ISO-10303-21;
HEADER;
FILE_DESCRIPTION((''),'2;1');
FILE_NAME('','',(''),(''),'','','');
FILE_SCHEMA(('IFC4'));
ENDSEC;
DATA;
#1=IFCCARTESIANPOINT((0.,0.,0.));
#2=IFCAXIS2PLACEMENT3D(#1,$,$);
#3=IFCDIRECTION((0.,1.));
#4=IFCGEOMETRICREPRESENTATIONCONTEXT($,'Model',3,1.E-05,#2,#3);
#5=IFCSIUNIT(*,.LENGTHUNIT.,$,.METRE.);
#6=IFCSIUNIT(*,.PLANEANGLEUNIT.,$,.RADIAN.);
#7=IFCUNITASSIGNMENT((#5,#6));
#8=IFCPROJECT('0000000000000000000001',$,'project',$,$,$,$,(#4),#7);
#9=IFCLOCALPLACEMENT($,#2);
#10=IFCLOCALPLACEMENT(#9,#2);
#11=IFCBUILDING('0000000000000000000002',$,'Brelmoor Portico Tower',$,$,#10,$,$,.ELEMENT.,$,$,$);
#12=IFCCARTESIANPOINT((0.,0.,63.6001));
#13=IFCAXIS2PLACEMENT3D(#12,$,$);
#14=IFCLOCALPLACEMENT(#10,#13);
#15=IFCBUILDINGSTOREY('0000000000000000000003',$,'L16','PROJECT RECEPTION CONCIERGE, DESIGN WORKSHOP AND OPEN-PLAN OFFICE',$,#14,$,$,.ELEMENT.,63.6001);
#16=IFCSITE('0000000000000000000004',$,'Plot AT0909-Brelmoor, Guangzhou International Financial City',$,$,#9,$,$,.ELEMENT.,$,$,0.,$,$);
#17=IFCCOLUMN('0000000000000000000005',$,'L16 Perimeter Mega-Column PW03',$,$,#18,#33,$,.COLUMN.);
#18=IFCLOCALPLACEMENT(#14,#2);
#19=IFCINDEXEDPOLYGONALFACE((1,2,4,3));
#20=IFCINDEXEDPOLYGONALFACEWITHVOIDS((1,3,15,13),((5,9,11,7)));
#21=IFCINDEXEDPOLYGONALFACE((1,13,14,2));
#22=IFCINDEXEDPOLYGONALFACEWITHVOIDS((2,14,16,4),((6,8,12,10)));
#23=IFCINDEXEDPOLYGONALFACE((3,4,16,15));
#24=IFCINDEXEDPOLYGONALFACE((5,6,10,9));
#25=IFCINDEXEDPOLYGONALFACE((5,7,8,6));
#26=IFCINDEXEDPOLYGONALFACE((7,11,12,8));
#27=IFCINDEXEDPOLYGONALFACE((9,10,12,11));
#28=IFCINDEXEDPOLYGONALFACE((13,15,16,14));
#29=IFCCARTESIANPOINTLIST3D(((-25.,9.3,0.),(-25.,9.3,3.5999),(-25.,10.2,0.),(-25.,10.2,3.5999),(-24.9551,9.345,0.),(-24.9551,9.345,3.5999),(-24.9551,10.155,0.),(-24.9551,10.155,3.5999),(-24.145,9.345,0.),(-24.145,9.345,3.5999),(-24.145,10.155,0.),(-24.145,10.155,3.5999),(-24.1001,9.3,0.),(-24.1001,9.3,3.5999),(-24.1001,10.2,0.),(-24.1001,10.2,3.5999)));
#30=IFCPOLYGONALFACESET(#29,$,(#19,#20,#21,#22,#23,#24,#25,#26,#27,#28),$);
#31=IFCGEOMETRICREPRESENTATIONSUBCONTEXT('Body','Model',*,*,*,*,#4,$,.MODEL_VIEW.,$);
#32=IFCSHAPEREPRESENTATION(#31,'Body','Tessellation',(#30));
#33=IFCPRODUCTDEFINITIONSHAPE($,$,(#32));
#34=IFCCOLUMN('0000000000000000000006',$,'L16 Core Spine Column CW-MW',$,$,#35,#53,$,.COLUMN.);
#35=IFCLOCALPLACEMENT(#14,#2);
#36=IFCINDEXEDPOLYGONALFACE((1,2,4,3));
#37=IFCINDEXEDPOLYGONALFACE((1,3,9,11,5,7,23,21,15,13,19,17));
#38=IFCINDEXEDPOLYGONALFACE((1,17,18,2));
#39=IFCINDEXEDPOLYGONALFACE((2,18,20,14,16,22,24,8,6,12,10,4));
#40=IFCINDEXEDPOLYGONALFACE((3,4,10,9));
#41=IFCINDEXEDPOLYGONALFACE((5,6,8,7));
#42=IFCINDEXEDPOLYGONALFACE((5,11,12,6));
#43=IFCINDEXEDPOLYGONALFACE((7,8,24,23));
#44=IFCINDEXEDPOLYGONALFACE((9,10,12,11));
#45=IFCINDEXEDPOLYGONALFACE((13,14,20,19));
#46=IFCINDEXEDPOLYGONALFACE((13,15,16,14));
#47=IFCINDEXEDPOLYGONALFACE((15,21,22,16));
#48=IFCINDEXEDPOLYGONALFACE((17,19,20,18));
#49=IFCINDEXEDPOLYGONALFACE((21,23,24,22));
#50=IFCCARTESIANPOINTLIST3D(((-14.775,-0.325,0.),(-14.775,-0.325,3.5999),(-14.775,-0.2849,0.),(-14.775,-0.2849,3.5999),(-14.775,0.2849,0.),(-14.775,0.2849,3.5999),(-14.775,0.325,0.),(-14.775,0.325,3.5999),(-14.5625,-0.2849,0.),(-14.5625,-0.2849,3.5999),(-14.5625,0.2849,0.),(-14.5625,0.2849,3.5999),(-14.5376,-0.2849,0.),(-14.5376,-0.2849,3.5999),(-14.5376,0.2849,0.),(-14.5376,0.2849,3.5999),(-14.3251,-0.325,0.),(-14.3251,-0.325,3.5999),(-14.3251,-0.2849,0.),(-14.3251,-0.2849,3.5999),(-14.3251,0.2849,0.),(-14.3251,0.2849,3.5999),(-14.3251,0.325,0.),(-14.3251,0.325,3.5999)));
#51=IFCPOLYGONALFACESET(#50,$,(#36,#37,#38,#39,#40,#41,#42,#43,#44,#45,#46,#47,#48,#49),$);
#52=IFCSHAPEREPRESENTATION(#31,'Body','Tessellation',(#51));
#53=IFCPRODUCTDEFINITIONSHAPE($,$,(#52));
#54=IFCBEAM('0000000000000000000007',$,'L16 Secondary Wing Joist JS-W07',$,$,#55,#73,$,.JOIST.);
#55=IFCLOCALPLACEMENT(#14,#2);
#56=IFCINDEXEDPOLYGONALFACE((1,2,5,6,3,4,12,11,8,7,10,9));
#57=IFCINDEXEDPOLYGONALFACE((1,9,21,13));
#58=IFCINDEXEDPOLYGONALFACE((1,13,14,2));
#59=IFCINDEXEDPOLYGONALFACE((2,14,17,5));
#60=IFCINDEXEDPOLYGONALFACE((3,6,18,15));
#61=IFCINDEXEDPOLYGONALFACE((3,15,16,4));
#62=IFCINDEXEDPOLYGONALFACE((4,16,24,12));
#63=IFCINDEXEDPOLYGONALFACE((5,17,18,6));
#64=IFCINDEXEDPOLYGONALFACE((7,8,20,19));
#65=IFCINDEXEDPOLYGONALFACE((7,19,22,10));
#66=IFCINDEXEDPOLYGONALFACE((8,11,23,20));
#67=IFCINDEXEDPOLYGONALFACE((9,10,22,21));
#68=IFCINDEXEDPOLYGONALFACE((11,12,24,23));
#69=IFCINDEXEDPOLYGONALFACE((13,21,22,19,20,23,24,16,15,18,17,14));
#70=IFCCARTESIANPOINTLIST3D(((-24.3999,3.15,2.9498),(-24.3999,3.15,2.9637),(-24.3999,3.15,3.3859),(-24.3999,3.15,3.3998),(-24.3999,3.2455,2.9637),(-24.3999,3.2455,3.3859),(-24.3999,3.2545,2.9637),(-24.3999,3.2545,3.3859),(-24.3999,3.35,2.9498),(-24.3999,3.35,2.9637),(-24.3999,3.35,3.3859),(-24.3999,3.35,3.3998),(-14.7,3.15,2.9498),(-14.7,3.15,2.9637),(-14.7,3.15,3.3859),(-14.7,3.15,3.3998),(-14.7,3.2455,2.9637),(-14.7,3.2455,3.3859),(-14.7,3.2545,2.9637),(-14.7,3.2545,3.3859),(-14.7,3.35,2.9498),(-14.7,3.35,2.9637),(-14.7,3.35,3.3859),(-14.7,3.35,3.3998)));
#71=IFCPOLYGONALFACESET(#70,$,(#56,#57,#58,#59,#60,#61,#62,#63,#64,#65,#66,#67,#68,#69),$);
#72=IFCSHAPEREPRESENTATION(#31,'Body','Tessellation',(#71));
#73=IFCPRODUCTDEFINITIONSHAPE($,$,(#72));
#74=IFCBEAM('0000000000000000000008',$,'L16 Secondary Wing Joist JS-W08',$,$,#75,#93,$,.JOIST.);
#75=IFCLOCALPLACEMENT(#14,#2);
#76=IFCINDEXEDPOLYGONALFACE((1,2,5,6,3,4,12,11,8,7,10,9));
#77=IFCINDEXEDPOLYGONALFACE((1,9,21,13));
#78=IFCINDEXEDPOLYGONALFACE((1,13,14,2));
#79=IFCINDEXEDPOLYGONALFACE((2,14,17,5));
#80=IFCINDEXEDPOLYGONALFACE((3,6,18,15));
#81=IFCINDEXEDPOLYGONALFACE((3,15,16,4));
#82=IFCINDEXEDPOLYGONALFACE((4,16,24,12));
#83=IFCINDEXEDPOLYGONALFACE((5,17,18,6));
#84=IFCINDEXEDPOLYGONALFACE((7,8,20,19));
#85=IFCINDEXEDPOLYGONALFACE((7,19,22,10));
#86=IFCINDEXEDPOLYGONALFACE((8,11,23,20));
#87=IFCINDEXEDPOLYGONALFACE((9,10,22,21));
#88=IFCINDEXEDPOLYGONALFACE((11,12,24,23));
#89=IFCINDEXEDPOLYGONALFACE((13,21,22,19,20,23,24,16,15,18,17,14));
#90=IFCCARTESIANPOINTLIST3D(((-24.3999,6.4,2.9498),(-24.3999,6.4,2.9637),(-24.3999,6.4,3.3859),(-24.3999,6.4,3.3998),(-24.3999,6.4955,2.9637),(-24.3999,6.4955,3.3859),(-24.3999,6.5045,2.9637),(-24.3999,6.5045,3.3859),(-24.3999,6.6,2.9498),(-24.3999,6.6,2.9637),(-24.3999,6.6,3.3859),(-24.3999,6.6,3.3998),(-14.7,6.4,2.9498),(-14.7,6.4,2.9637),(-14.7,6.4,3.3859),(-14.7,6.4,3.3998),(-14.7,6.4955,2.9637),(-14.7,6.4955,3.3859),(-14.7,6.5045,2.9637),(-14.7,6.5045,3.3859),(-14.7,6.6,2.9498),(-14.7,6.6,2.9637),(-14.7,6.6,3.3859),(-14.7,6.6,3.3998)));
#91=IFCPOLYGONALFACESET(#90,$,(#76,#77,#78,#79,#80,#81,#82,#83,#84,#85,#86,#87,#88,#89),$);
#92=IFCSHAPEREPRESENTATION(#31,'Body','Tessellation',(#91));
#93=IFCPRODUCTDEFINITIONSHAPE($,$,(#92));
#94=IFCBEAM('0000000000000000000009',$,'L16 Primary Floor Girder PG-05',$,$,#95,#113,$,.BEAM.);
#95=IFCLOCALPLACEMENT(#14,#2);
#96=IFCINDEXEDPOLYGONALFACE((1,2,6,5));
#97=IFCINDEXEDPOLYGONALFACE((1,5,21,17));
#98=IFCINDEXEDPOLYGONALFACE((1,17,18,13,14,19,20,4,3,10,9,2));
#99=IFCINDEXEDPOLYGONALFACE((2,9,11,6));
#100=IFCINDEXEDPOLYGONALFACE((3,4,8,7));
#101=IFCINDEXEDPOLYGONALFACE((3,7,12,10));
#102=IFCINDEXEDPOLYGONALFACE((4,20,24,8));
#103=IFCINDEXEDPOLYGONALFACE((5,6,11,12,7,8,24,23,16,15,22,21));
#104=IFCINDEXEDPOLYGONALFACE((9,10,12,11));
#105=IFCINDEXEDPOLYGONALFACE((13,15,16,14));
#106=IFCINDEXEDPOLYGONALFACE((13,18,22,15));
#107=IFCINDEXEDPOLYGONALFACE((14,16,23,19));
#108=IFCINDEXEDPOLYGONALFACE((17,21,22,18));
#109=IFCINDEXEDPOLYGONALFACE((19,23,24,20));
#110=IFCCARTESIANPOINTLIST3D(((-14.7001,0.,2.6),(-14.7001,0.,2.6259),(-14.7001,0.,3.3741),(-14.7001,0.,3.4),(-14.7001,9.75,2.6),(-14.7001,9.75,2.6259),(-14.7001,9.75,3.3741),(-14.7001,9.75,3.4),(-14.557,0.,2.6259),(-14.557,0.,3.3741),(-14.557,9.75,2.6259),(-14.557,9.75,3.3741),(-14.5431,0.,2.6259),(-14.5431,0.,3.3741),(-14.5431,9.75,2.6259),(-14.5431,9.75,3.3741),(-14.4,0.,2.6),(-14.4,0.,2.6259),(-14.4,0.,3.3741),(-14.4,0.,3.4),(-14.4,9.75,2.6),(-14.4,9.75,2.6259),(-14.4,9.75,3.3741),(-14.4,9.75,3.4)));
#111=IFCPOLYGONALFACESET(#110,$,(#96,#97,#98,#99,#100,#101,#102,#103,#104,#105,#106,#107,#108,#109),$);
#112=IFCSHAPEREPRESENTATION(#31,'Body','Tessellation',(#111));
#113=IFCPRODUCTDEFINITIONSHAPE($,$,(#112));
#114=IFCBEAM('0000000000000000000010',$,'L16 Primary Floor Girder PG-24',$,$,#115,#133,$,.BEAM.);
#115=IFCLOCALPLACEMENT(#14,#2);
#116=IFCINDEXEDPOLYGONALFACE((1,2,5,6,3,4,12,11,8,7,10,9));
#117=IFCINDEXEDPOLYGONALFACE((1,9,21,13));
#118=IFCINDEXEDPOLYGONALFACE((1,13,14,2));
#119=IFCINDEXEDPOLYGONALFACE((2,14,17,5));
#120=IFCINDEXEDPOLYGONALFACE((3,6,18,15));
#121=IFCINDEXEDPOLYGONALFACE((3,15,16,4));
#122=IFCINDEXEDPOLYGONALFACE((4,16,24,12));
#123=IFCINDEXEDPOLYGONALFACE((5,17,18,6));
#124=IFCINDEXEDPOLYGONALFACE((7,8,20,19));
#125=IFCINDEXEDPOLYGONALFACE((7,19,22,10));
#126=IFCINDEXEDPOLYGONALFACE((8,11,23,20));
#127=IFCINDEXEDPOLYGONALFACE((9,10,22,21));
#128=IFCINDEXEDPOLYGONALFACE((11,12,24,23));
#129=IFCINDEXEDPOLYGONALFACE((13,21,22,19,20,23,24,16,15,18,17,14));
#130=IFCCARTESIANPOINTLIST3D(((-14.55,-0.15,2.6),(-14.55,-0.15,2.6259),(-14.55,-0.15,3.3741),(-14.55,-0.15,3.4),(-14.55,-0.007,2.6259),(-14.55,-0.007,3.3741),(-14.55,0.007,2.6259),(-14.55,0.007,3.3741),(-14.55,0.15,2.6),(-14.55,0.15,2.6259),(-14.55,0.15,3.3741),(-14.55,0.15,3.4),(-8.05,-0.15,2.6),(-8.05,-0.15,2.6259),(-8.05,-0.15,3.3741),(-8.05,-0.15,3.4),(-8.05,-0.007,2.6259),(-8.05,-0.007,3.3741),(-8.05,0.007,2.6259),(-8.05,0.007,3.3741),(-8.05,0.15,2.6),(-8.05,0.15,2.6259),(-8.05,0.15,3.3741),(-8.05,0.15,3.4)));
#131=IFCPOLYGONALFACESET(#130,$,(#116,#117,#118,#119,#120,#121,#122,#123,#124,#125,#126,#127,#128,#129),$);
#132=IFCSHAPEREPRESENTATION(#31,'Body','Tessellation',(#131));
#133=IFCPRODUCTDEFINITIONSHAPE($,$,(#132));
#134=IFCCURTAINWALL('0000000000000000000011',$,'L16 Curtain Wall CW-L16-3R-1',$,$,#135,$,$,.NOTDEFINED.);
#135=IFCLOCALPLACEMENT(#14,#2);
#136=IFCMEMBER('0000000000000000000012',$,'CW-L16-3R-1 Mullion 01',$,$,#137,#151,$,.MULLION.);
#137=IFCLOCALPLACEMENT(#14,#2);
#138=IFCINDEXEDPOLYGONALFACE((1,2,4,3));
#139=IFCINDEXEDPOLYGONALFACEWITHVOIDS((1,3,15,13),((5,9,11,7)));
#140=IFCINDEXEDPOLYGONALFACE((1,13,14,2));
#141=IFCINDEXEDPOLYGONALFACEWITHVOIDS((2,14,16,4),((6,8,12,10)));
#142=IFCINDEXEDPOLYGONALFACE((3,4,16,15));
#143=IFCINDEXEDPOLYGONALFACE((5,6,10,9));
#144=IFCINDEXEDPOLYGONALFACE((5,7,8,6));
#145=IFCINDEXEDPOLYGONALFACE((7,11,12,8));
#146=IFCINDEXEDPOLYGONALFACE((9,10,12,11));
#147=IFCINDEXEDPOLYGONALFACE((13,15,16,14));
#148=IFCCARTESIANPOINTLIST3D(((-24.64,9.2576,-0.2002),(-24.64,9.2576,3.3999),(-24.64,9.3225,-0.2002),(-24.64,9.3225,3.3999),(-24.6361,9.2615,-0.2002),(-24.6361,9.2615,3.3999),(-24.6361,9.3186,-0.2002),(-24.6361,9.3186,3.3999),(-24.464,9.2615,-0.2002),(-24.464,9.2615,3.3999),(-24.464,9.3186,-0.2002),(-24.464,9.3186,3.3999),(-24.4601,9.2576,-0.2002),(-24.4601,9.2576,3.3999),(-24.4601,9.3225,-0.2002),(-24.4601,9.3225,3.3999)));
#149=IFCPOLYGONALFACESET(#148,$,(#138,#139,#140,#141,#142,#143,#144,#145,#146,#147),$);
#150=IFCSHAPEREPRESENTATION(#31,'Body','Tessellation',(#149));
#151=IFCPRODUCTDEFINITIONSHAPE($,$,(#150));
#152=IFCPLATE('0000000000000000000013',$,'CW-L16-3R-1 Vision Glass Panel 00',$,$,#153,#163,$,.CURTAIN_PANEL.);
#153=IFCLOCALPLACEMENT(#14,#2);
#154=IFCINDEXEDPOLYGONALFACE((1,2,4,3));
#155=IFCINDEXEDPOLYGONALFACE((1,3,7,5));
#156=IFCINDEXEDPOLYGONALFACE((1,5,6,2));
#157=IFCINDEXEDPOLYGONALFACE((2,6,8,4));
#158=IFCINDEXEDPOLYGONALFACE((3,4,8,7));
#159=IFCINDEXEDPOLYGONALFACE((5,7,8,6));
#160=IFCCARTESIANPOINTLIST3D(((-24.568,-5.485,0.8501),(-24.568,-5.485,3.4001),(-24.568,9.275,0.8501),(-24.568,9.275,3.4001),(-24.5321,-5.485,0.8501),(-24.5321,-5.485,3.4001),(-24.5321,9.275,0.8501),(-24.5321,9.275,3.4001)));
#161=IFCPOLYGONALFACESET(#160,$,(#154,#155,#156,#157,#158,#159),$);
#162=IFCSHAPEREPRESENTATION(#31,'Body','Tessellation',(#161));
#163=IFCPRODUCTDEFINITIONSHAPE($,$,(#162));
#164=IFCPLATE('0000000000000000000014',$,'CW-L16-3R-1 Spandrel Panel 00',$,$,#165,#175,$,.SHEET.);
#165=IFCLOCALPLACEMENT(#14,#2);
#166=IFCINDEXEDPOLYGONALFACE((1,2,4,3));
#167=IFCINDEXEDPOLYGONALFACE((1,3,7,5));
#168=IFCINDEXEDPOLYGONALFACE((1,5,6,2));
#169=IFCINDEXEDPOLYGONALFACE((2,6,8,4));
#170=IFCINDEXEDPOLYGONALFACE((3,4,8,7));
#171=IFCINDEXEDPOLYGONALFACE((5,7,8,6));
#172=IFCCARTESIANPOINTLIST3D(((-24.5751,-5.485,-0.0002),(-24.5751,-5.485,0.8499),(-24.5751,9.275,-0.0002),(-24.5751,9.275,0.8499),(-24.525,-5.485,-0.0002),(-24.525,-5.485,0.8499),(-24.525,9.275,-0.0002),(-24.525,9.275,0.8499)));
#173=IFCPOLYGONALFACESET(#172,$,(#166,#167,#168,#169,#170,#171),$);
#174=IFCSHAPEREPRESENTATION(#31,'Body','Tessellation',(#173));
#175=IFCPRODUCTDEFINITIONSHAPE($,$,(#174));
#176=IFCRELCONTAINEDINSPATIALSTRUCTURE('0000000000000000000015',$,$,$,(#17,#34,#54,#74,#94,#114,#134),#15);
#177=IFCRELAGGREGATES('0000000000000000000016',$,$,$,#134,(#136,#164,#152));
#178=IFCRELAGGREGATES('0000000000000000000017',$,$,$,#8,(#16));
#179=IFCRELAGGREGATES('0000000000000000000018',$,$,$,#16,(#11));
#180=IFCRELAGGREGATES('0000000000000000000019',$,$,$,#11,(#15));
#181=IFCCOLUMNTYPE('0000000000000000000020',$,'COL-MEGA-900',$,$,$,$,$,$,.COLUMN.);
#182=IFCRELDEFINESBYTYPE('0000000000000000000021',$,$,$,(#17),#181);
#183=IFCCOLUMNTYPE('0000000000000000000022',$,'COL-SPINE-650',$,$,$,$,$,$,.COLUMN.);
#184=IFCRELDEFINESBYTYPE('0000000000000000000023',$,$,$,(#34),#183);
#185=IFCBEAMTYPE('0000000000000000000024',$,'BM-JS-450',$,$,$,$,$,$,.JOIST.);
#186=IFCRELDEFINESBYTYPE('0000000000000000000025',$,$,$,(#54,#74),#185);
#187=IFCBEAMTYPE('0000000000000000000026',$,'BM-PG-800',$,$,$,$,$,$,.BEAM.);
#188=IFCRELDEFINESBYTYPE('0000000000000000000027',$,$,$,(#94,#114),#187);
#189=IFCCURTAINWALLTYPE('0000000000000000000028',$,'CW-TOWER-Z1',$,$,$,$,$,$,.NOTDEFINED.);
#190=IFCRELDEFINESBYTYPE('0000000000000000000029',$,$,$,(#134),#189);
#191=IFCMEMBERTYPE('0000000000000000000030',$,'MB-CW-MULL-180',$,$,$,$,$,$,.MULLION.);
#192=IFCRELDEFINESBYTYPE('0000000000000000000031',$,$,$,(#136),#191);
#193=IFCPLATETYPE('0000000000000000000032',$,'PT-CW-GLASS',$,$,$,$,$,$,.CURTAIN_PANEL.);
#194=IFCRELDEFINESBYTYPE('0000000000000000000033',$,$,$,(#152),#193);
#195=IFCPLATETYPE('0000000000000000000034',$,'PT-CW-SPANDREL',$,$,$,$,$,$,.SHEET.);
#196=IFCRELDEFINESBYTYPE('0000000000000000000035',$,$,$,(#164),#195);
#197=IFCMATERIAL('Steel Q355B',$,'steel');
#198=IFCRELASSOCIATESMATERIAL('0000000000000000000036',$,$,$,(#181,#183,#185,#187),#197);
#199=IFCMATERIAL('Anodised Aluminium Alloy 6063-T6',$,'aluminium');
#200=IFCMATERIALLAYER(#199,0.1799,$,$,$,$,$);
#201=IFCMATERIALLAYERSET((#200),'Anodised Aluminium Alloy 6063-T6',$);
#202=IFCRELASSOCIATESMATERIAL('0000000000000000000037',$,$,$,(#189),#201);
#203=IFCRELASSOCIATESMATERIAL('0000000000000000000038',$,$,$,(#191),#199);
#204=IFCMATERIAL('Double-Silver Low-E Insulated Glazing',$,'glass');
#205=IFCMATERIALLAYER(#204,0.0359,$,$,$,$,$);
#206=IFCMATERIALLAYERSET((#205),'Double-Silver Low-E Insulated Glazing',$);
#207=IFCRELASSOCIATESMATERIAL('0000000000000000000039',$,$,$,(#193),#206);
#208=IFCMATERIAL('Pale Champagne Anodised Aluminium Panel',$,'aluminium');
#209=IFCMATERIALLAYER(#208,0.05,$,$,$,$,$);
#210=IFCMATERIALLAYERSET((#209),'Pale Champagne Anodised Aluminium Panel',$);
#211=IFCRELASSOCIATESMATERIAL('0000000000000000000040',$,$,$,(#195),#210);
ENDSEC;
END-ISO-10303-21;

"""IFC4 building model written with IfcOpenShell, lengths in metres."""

from ifc_helpers import new_model, si_unit, direction, frame, origin, origin_2d, place, context, subcontext, project, spatial, rectangle, hollow_rectangle, i_section, extrude, material, layer, layer_set, material_profile, profile_set, type_object, element, aggregate, save


model = new_model("IFC4")

# Units and contexts
model_context = context("Model", 3, precision=1e-05, world=origin(), true_north=direction((0.0, 1.0)))
body_context = subcontext(model_context, "Body", "Model", "MODEL_VIEW")
ifc_project = project(units=[si_unit("LENGTHUNIT", "METRE"), si_unit("PLANEANGLEUNIT", "RADIAN")], contexts=[model_context])

# Site, building, storey
site_placement = place(None, origin())
site = spatial("IfcSite", under=ifc_project, at=site_placement, Name="Plot AT0909-Brelmoor, Guangzhou International Financial City", CompositionType="ELEMENT", RefElevation=0.0)
building_placement = place(site_placement, origin())
building = spatial("IfcBuilding", under=site, at=building_placement, Name="Brelmoor Portico Tower", CompositionType="ELEMENT")
storey_placement = place(building_placement, frame((0.0, 0.0, 63.6001)))
storey = spatial("IfcBuildingStorey", under=building, at=storey_placement, Name="L16", Description="PROJECT RECEPTION CONCIERGE, DESIGN WORKSHOP AND OPEN-PLAN OFFICE", CompositionType="ELEMENT", Elevation=63.6001)

# Columns
ifc_material_1 = material(Name="Steel Q355B", Category="steel")
ifc_material_profile_1 = material_profile(ifc_material_1, hollow_rectangle(XDim=0.8999, YDim=0.8999, WallThickness=0.0449, at=origin_2d()), Name="BOX 900x900x45")
ifc_profile_set_1 = profile_set([ifc_material_profile_1], Name="Steel Q355B")
column_type_1 = type_object("IfcColumnType", Name="COL-MEGA-900", PredefinedType="COLUMN", material=ifc_profile_set_1)
column_1_placement = place(storey_placement, frame((-24.55, 9.75, 0.0), z_axis=(0.0, 0.0, 1.0), x_axis=(0.0, 1.0, 0.0)))
element("IfcColumn", 1, at=column_1_placement, inside=storey, type_object=column_type_1, Name="L16 Perimeter Mega-Column PW03", PredefinedType="COLUMN", context=body_context, shape_type="SweptSolid", body=[
    extrude(hollow_rectangle(XDim=0.8999, YDim=0.8999, WallThickness=0.0449, at=origin_2d()), origin(), (0.0, 0.0, 1.0), 3.5999),
])
ifc_material_profile_2 = material_profile(ifc_material_1, i_section(OverallWidth=0.45, OverallDepth=0.6499, WebThickness=0.0249, FlangeThickness=0.04, at=origin_2d()), Name="HW 650x450x25x40")
ifc_profile_set_2 = profile_set([ifc_material_profile_2], Name="Steel Q355B")
column_type_2 = type_object("IfcColumnType", Name="COL-SPINE-650", PredefinedType="COLUMN", material=ifc_profile_set_2)
column_2_placement = place(storey_placement, frame((-14.55, 0.0, 0.0), z_axis=(0.0, 0.0, 1.0), x_axis=(1.0, 0.0, 0.0)))
element("IfcColumn", 2, at=column_2_placement, inside=storey, type_object=column_type_2, Name="L16 Core Spine Column CW-MW", PredefinedType="COLUMN", context=body_context, shape_type="SweptSolid", body=[
    extrude(i_section(OverallWidth=0.45, OverallDepth=0.6499, WebThickness=0.0249, FlangeThickness=0.04, at=origin_2d()), origin(), (0.0, 0.0, 1.0), 3.5999),
])

# Beams
ifc_material_profile_3 = material_profile(ifc_material_1, i_section(OverallWidth=0.2, OverallDepth=0.45, WebThickness=0.009, FlangeThickness=0.0139, at=origin_2d()), Name="HN 450x200x9x14")
ifc_profile_set_3 = profile_set([ifc_material_profile_3], Name="Steel Q355B")
beam_type_1 = type_object("IfcBeamType", Name="BM-JS-450", PredefinedType="JOIST", material=ifc_profile_set_3)
for number, where, z_axis, x_axis, name in (
    (3, (-24.3999, 3.25, 3.1748), (1.0, 0.0, 0.0), (0.0, 1.0, 0.0), "L16 Secondary Wing Joist JS-W07"),
    (4, (-24.3999, 6.5, 3.1748), (1.0, 0.0, 0.0), (0.0, 1.0, 0.0), "L16 Secondary Wing Joist JS-W08"),
):
    element("IfcBeam", number, at=place(storey_placement, frame(where, z_axis=z_axis, x_axis=x_axis)), inside=storey, type_object=beam_type_1, Name=name, PredefinedType="JOIST", context=body_context, shape_type="SweptSolid", body=[
        extrude(i_section(OverallWidth=0.2, OverallDepth=0.45, WebThickness=0.009, FlangeThickness=0.0139, at=origin_2d()), origin(), (0.0, 0.0, 1.0), 9.7),
    ])
ifc_material_profile_4 = material_profile(ifc_material_1, i_section(OverallWidth=0.3, OverallDepth=0.8, WebThickness=0.0139, FlangeThickness=0.0259, at=origin_2d()), Name="HN 800x300x14x26")
ifc_profile_set_4 = profile_set([ifc_material_profile_4], Name="Steel Q355B")
beam_type_2 = type_object("IfcBeamType", Name="BM-PG-800", PredefinedType="BEAM", material=ifc_profile_set_4)
beam_1_placement = place(storey_placement, frame((-14.55, 0.0, 3.0), z_axis=(0.0, 1.0, 0.0), x_axis=(-1.0, 0.0, 0.0)))
element("IfcBeam", 5, at=beam_1_placement, inside=storey, type_object=beam_type_2, Name="L16 Primary Floor Girder PG-05", PredefinedType="BEAM", context=body_context, shape_type="SweptSolid", body=[
    extrude(i_section(OverallWidth=0.3, OverallDepth=0.8, WebThickness=0.0139, FlangeThickness=0.0259, at=origin_2d()), origin(), (0.0, 0.0, 1.0), 9.75),
])
beam_2_placement = place(storey_placement, frame((-14.55, 0.0, 3.0), z_axis=(1.0, 0.0, 0.0), x_axis=(0.0, 1.0, 0.0)))
element("IfcBeam", 6, at=beam_2_placement, inside=storey, type_object=beam_type_2, Name="L16 Primary Floor Girder PG-24", PredefinedType="BEAM", context=body_context, shape_type="SweptSolid", body=[
    extrude(i_section(OverallWidth=0.3, OverallDepth=0.8, WebThickness=0.0139, FlangeThickness=0.0259, at=origin_2d()), origin(), (0.0, 0.0, 1.0), 6.5),
])

# Curtain wall, member, plates
ifc_material_2 = material(Name="Anodised Aluminium Alloy 6063-T6", Category="aluminium")
ifc_layer_1 = layer(ifc_material_2, 0.1799)
ifc_layer_set_1 = layer_set([ifc_layer_1], Name="Anodised Aluminium Alloy 6063-T6")
curtain_wall_type = type_object("IfcCurtainWallType", Name="CW-TOWER-Z1", PredefinedType="NOTDEFINED", material=ifc_layer_set_1)
curtain_wall_placement = place(storey_placement, origin())
curtain_wall = element("IfcCurtainWall", 7, at=curtain_wall_placement, inside=storey, type_object=curtain_wall_type, Name="L16 Curtain Wall CW-L16-3R-1", PredefinedType="NOTDEFINED")
ifc_material_profile_5 = material_profile(ifc_material_2, hollow_rectangle(XDim=0.0649, YDim=0.1799, WallThickness=0.0039, at=origin_2d()), Name="ALU MULLION 65x180")
ifc_profile_set_5 = profile_set([ifc_material_profile_5], Name="Anodised Aluminium Alloy 6063-T6")
member_type = type_object("IfcMemberType", Name="MB-CW-MULL-180", PredefinedType="MULLION", material=ifc_profile_set_5)
member_placement = place(storey_placement, frame((-24.55, 9.29, -0.2002), z_axis=(0.0, 0.0, 1.0), x_axis=(0.0, 1.0, 0.0)))
member = element("IfcMember", 8, at=member_placement, type_object=member_type, Name="CW-L16-3R-1 Mullion 01", PredefinedType="MULLION", context=body_context, shape_type="SweptSolid", body=[
    extrude(hollow_rectangle(XDim=0.0649, YDim=0.1799, WallThickness=0.0039, at=origin_2d()), origin(), (0.0, 0.0, 1.0), 3.6001),
])
ifc_material_3 = material(Name="Double-Silver Low-E Insulated Glazing", Category="glass")
ifc_layer_2 = layer(ifc_material_3, 0.0359)
ifc_layer_set_2 = layer_set([ifc_layer_2], Name="Double-Silver Low-E Insulated Glazing")
plate_type_1 = type_object("IfcPlateType", Name="PT-CW-GLASS", PredefinedType="CURTAIN_PANEL", material=ifc_layer_set_2)
plate_1_placement = place(storey_placement, frame((-24.55, 1.895, 0.8501), z_axis=(0.0, 0.0, 1.0), x_axis=(0.0, 1.0, 0.0)))
plate_1 = element("IfcPlate", 9, at=plate_1_placement, type_object=plate_type_1, Name="CW-L16-3R-1 Vision Glass Panel 00", PredefinedType="CURTAIN_PANEL", context=body_context, shape_type="SweptSolid", body=[
    extrude(rectangle(XDim=14.76, YDim=0.0359, at=origin_2d()), origin(), (0.0, 0.0, 1.0), 2.55),
])
ifc_material_4 = material(Name="Pale Champagne Anodised Aluminium Panel", Category="aluminium")
ifc_layer_3 = layer(ifc_material_4, 0.05)
ifc_layer_set_3 = layer_set([ifc_layer_3], Name="Pale Champagne Anodised Aluminium Panel")
plate_type_2 = type_object("IfcPlateType", Name="PT-CW-SPANDREL", PredefinedType="SHEET", material=ifc_layer_set_3)
plate_2_placement = place(storey_placement, frame((-24.55, 1.895, -0.0002), z_axis=(0.0, 0.0, 1.0), x_axis=(0.0, 1.0, 0.0)))
plate_2 = element("IfcPlate", 10, at=plate_2_placement, type_object=plate_type_2, Name="CW-L16-3R-1 Spandrel Panel 00", PredefinedType="SHEET", context=body_context, shape_type="SweptSolid", body=[
    extrude(rectangle(XDim=14.76, YDim=0.05, at=origin_2d()), origin(), (0.0, 0.0, 1.0), 0.8501),
])
aggregate(curtain_wall, [member, plate_2, plate_1])

save(model, "model.ifc")
